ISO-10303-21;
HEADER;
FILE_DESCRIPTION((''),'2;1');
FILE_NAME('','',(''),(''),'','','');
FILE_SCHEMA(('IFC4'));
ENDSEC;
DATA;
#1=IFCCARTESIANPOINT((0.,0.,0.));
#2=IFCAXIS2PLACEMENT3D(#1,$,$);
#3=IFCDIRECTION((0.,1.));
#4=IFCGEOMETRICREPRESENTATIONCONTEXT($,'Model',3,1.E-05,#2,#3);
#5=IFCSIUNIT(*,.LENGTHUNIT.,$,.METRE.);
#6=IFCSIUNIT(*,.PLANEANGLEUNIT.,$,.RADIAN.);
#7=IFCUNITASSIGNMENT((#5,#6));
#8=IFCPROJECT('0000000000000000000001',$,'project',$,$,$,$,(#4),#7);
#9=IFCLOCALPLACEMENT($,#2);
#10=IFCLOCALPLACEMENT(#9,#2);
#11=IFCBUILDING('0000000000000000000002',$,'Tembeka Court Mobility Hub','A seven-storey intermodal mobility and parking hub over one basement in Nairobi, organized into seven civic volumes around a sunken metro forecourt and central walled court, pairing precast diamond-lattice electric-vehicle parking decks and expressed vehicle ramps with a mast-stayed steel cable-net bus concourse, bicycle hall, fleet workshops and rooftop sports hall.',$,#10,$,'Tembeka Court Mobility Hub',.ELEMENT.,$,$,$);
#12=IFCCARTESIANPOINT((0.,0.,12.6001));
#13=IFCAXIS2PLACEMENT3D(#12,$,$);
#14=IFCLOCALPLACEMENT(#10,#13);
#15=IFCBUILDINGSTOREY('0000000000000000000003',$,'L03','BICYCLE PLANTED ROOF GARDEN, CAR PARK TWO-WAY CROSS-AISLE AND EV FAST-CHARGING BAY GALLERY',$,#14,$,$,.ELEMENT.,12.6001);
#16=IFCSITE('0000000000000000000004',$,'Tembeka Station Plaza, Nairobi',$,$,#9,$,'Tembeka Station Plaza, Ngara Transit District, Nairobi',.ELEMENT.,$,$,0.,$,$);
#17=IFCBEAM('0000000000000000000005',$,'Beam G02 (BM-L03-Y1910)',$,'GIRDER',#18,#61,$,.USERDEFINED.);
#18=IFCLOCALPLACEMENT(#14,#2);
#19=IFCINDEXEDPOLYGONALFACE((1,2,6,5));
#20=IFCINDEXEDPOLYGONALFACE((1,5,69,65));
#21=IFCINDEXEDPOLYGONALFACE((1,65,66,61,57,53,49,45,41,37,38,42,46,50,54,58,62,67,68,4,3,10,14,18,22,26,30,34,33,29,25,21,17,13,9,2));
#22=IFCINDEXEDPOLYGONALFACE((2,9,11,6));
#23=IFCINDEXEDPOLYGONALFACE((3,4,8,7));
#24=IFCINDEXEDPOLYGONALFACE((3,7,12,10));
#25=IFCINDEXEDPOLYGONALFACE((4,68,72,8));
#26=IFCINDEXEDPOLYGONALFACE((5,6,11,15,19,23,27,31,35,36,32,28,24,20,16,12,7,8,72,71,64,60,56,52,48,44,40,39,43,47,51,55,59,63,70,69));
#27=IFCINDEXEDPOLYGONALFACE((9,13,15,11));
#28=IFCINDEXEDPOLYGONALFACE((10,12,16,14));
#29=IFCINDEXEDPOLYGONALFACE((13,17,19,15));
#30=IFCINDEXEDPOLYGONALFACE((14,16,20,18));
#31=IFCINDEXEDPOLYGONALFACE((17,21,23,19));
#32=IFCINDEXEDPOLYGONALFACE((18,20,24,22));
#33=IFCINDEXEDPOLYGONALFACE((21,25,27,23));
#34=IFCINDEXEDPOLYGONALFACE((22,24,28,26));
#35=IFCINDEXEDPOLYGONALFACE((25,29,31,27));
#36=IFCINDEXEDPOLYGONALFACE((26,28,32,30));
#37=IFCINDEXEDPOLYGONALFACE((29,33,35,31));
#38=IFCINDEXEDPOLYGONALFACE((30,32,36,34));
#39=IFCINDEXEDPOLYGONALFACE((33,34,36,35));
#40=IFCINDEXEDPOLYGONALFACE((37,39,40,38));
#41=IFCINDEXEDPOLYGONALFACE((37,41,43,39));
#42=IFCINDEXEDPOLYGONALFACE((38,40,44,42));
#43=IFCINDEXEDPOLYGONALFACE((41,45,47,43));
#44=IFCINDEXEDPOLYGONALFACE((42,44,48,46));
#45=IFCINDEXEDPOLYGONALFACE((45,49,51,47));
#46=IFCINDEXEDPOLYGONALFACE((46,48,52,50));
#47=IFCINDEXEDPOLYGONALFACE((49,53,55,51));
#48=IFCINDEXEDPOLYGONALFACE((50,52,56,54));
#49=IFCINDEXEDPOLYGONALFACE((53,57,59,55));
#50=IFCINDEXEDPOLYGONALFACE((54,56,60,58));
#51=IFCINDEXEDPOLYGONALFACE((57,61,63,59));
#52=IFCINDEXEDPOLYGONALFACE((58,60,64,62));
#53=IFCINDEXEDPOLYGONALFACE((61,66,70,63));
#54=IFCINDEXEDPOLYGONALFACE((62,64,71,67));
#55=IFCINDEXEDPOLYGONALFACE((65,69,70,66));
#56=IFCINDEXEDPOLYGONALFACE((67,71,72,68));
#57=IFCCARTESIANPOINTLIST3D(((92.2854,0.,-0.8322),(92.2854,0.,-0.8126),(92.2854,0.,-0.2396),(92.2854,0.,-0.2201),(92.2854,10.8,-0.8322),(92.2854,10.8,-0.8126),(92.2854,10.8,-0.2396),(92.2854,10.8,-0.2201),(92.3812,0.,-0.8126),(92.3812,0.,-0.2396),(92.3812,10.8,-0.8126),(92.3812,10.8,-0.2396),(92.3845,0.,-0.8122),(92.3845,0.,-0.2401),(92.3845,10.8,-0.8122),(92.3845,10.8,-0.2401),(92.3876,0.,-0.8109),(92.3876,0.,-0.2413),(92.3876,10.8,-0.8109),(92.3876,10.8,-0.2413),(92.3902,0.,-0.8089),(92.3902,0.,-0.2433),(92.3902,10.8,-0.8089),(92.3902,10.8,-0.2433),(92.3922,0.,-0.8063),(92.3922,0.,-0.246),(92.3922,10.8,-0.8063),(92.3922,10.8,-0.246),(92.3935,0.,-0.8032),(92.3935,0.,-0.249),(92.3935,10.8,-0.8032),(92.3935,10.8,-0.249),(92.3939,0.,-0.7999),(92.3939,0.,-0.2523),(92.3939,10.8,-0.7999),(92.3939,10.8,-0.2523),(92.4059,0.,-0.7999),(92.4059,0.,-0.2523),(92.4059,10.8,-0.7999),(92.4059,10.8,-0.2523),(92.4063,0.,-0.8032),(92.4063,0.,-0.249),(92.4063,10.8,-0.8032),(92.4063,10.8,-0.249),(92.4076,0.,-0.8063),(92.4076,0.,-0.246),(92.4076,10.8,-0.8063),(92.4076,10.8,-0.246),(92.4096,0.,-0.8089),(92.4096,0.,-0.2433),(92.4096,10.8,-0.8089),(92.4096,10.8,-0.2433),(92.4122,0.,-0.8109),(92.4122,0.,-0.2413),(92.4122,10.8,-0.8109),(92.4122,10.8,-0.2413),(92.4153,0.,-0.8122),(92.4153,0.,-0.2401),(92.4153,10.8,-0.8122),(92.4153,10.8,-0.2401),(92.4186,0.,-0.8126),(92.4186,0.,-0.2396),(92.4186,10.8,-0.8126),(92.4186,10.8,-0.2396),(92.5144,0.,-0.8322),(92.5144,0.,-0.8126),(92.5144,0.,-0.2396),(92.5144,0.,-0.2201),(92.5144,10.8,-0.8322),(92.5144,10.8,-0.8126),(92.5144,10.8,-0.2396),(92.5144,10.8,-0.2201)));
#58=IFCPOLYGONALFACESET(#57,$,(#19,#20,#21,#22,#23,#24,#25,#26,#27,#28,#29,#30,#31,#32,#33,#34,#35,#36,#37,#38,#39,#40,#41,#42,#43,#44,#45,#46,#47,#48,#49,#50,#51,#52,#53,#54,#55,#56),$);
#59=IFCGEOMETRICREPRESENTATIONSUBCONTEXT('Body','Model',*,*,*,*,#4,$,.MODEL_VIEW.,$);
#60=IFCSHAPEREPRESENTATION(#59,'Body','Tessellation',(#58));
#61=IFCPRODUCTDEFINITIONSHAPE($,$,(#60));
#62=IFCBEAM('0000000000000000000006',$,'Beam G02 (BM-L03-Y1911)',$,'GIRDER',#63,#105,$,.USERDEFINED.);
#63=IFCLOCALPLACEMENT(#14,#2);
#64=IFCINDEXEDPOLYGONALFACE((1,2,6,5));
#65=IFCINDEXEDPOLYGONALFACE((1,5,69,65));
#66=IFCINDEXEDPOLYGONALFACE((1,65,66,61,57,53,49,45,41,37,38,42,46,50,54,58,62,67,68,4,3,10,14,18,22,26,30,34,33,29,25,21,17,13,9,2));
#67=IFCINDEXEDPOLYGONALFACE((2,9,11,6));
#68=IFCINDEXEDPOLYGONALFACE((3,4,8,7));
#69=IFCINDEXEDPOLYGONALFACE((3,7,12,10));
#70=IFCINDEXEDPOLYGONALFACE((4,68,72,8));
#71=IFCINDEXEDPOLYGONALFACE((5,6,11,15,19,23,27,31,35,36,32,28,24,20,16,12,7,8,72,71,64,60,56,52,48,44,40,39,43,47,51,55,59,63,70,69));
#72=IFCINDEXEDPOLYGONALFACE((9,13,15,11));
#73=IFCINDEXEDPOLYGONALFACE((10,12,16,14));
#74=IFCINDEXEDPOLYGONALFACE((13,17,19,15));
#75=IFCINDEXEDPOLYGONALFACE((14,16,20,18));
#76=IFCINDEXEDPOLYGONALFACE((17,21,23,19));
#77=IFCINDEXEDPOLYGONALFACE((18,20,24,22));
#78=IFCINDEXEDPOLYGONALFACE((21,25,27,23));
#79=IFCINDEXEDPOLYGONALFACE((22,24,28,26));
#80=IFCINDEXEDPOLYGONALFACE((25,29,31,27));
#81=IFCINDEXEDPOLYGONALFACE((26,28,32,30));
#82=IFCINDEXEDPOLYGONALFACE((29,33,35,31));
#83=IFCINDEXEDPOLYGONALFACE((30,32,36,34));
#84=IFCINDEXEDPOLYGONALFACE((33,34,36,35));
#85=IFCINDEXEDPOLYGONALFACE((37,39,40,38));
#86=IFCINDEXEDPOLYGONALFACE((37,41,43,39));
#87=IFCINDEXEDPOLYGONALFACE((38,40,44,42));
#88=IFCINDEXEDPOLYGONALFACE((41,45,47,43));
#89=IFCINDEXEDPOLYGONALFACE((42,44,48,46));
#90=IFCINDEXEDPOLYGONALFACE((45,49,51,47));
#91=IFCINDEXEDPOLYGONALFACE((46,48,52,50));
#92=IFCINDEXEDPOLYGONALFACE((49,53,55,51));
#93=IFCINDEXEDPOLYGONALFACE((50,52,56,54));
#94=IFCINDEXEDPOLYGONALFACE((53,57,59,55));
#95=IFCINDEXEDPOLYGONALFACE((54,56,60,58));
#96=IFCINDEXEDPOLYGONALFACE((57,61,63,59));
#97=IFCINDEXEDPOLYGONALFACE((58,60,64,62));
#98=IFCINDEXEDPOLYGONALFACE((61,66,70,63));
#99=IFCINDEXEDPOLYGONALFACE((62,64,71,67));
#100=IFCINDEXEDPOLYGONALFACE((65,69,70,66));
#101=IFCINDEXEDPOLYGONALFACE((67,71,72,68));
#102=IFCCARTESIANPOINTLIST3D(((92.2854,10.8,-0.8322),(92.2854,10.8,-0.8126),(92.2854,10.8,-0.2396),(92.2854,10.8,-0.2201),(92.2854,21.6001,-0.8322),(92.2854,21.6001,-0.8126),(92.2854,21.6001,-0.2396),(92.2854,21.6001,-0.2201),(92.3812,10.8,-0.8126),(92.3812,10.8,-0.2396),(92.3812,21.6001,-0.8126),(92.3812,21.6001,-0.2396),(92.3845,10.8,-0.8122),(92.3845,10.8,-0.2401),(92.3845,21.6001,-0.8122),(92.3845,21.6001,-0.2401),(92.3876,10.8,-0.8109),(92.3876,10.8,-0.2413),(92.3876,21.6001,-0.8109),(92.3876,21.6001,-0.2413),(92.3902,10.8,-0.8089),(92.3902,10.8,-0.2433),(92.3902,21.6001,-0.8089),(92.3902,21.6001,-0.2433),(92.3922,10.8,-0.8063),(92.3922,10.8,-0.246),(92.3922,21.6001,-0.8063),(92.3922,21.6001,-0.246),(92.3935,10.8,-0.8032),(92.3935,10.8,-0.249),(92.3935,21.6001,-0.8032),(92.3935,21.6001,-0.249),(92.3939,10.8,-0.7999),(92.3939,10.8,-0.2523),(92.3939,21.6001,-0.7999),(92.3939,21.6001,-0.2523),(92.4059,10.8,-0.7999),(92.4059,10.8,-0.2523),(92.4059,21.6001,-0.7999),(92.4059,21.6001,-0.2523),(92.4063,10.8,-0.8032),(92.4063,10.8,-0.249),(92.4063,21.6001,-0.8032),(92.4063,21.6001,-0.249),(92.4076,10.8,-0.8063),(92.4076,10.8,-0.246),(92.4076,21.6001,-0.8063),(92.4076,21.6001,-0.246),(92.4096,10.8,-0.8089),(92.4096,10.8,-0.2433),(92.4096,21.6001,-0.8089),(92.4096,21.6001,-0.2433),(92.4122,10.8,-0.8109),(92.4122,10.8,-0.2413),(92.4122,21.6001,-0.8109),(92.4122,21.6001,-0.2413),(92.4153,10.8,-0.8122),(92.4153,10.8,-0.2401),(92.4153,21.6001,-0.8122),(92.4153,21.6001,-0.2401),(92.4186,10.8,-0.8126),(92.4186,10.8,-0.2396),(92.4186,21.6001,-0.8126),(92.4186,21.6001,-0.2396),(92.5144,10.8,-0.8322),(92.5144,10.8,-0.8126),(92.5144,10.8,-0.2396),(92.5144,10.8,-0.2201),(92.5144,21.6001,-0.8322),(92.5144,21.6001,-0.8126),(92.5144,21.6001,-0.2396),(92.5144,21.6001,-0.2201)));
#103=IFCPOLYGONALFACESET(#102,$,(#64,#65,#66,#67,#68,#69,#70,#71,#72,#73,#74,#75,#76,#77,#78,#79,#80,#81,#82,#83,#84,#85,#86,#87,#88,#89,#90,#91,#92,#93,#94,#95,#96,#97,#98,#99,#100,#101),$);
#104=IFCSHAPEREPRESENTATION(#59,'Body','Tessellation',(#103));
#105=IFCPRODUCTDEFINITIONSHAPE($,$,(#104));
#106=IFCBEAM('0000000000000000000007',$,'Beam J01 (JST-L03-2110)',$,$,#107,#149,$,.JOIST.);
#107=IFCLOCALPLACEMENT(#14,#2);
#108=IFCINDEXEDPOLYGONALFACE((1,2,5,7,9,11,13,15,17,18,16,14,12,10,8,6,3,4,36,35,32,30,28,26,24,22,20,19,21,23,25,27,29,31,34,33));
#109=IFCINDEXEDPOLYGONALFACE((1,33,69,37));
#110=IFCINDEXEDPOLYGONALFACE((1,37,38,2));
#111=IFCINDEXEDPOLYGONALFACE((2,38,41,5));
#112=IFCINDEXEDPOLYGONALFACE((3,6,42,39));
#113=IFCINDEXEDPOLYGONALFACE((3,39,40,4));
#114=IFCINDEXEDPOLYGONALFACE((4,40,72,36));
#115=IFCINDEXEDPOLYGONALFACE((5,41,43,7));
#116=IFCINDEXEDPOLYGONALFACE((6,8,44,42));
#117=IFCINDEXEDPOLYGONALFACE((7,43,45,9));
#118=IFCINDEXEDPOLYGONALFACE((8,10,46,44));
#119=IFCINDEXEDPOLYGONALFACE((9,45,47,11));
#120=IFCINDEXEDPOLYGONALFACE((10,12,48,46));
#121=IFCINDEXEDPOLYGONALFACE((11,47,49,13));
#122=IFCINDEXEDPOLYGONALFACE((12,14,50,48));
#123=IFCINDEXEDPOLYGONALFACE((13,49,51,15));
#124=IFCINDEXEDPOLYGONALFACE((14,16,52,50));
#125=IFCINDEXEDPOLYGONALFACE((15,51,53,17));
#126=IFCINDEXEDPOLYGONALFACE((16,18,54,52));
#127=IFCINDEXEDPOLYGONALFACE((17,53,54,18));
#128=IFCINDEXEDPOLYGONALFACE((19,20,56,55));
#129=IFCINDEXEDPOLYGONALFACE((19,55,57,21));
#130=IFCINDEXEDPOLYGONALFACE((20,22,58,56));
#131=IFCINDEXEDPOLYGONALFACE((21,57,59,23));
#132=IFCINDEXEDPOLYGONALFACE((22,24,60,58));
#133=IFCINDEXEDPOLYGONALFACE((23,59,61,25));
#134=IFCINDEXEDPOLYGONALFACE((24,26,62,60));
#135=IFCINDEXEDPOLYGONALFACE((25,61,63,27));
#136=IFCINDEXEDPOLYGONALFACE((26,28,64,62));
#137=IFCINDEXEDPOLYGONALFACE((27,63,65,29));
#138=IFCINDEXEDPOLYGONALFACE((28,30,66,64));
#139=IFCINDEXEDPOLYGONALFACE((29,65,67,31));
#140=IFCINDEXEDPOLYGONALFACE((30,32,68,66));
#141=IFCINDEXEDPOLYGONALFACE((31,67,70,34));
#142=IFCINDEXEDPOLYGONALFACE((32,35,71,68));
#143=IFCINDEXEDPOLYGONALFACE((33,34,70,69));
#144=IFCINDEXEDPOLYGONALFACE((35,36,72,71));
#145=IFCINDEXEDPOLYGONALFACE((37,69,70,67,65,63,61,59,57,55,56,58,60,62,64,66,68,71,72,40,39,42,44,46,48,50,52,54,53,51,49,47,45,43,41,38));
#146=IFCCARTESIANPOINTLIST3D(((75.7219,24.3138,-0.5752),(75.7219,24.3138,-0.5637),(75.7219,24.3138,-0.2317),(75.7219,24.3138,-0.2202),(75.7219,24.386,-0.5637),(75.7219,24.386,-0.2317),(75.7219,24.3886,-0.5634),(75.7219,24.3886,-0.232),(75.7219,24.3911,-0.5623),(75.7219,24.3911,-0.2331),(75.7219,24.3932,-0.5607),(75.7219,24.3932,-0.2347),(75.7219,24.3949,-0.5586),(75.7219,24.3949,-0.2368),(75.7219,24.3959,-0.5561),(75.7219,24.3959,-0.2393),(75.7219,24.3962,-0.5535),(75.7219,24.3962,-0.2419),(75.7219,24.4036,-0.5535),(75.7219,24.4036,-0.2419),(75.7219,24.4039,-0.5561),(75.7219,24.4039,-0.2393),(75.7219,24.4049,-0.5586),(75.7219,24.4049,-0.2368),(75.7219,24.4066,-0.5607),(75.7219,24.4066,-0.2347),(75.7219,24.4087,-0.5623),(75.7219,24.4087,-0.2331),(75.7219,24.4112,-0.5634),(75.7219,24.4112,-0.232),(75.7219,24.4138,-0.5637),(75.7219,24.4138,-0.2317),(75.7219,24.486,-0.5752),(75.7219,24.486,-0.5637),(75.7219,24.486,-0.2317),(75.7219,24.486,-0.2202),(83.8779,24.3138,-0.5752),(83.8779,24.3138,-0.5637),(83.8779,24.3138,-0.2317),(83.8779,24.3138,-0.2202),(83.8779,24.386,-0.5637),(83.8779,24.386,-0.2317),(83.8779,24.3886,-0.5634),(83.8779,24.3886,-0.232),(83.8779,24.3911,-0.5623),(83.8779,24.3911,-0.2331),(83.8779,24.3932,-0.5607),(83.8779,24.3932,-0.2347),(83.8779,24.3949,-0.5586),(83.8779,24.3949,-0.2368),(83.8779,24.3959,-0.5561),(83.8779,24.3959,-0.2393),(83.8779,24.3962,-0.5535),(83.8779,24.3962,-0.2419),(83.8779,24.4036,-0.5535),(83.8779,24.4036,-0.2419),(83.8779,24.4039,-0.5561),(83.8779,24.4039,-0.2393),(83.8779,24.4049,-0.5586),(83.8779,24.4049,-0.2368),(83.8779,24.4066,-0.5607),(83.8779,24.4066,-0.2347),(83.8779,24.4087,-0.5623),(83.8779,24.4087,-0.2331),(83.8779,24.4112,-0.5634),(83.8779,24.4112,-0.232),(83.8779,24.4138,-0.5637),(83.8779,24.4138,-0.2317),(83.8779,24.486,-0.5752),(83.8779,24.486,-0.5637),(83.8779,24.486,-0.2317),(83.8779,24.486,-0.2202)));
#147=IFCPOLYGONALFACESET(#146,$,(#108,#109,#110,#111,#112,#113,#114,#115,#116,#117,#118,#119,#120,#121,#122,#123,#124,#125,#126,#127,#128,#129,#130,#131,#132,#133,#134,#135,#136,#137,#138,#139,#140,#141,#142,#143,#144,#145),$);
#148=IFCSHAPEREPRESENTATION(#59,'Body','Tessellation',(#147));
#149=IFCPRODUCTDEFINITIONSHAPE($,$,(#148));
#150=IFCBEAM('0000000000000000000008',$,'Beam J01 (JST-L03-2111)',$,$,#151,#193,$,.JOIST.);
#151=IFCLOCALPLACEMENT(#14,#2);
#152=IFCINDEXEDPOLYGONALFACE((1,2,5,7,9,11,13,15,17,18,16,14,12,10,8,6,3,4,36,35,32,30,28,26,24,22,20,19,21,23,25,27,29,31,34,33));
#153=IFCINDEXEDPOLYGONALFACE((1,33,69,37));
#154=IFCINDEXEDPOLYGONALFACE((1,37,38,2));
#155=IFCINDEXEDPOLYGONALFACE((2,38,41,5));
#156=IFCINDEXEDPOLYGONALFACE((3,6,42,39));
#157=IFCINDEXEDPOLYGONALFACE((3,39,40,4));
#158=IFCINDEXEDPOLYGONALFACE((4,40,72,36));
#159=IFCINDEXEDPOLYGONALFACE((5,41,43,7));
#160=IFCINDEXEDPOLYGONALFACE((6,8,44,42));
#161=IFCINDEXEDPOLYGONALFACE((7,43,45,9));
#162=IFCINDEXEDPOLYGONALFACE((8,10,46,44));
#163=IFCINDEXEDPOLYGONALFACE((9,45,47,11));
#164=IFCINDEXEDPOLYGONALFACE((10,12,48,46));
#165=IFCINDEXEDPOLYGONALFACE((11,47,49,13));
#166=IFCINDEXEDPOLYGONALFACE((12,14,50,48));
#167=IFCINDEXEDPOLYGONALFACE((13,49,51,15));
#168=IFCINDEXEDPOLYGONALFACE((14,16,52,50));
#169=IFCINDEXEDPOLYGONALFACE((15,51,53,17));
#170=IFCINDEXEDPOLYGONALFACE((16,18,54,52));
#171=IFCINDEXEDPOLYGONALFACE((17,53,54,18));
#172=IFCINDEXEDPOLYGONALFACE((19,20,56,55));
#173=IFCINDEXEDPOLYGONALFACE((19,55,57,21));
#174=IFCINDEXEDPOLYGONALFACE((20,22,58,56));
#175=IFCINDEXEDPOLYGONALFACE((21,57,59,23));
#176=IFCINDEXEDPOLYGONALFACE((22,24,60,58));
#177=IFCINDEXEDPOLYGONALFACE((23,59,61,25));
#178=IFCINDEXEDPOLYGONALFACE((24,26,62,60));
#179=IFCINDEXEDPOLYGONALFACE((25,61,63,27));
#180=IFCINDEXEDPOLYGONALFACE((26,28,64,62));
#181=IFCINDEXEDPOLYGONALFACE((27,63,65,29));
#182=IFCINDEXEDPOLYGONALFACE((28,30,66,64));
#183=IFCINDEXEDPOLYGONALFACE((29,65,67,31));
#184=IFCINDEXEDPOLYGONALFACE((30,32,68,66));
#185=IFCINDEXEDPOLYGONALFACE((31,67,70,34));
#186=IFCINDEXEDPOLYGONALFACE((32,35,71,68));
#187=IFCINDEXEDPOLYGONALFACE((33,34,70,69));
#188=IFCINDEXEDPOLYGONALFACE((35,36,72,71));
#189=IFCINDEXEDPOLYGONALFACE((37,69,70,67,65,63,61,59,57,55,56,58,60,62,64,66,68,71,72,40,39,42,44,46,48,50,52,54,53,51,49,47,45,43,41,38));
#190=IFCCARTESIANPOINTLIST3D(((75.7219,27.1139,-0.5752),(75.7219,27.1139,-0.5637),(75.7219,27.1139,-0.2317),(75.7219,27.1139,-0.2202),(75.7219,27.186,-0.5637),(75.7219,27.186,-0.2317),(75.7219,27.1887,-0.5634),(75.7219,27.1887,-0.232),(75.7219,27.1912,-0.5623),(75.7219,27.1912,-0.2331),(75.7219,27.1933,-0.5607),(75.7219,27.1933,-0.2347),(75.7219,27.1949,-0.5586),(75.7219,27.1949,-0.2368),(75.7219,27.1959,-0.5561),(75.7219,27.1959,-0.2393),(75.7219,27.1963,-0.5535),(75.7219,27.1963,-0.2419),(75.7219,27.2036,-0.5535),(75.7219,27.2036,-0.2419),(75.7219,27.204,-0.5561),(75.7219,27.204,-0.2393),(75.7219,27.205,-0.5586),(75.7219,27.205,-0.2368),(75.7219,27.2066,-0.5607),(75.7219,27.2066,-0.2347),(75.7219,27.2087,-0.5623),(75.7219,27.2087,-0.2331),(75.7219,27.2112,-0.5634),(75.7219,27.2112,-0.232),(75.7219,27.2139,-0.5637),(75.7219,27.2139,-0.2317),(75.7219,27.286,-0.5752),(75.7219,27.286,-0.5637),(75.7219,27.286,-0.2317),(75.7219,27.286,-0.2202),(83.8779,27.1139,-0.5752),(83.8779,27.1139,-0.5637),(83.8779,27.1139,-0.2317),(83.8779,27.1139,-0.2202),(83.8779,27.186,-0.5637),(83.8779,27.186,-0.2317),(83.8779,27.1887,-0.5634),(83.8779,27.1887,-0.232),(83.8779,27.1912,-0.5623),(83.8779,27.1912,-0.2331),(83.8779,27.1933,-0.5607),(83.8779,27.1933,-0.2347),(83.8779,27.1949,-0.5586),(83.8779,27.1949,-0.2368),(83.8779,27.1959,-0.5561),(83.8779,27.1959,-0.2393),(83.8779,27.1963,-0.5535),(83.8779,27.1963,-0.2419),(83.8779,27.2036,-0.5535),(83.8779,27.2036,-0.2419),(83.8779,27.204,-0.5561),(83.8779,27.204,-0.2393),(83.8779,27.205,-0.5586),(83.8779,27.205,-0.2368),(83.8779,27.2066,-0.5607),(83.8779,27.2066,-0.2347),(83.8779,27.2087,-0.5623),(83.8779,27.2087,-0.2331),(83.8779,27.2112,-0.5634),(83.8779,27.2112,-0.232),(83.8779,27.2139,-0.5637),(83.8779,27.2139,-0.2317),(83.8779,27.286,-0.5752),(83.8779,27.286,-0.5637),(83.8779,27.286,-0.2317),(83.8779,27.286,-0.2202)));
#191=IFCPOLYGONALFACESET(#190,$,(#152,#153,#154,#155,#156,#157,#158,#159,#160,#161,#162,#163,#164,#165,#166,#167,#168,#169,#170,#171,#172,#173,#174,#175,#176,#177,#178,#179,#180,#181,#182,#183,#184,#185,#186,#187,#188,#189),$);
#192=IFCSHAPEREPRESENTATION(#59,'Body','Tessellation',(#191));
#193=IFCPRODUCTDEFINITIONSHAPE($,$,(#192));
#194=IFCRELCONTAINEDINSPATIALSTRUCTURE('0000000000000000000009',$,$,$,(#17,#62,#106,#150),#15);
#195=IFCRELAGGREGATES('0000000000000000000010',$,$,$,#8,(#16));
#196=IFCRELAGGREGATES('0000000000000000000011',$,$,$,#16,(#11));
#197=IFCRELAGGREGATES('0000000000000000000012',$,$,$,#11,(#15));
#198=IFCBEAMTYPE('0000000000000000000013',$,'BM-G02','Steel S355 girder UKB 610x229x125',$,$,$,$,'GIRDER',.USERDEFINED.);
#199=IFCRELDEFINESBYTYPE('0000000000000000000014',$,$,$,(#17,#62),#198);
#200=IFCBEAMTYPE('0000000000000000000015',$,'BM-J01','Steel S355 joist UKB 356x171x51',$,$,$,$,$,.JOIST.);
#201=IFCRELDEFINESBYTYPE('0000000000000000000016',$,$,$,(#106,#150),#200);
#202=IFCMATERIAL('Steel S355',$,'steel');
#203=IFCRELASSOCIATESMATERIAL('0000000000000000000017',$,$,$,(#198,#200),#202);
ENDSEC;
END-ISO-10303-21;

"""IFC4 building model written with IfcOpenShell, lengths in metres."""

from ifc_helpers import new_model, si_unit, direction, frame, origin, origin_2d, place, context, subcontext, project, spatial, i_section, extrude, material, material_profile, profile_set, type_object, element, save


model = new_model("IFC4")

# Units and contexts
model_context = context("Model", 3, precision=1e-05, world=origin(), true_north=direction((0.0, 1.0)))
body_context = subcontext(model_context, "Body", "Model", "MODEL_VIEW")
ifc_project = project(units=[si_unit("LENGTHUNIT", "METRE"), si_unit("PLANEANGLEUNIT", "RADIAN")], contexts=[model_context])

# Site, building, storey
site_placement = place(None, origin())
site = spatial("IfcSite", under=ifc_project, at=site_placement, Name="Tembeka Station Plaza, Nairobi", LongName="Tembeka Station Plaza, Ngara Transit District, Nairobi", CompositionType="ELEMENT", RefElevation=0.0)
building_placement = place(site_placement, origin())
building = spatial("IfcBuilding", under=site, at=building_placement, Name="Tembeka Court Mobility Hub", Description="A seven-storey intermodal mobility and parking hub over one basement in Nairobi, organized into seven civic volumes around a sunken metro forecourt and central walled court, pairing precast diamond-lattice electric-vehicle parking decks and expressed vehicle ramps with a mast-stayed steel cable-net bus concourse, bicycle hall, fleet workshops and rooftop sports hall.", LongName="Tembeka Court Mobility Hub", CompositionType="ELEMENT")
storey_placement = place(building_placement, frame((0.0, 0.0, 12.6001)))
storey = spatial("IfcBuildingStorey", under=building, at=storey_placement, Name="L03", Description="BICYCLE PLANTED ROOF GARDEN, CAR PARK TWO-WAY CROSS-AISLE AND EV FAST-CHARGING BAY GALLERY", CompositionType="ELEMENT", Elevation=12.6001)

# Shared definitions
ifc_material_1 = material(Name="Steel S355", Category="steel")

# Beams
ifc_material_profile_1 = material_profile(ifc_material_1, i_section(OverallWidth=0.229, OverallDepth=0.6121, WebThickness=0.012, FlangeThickness=0.0195, FilletRadius=0.0127, at=origin_2d()), Name="UKB 610x229x125")
ifc_profile_set_1 = profile_set([ifc_material_profile_1], Name="Steel S355")
beam_type_1 = type_object("IfcBeamType", Name="BM-G02", Description="Steel S355 girder UKB 610x229x125", ElementType="GIRDER", PredefinedType="USERDEFINED", material=ifc_profile_set_1)
for number, where, z_axis, x_axis, name in (
    (1, (92.3999, 0.0, -0.5261), (0.0, 1.0, 0.0), (-1.0, 0.0, 0.0), "Beam G02 (BM-L03-Y1910)"),
    (2, (92.3999, 10.8, -0.5261), (0.0, 1.0, 0.0), (-1.0, 0.0, 0.0), "Beam G02 (BM-L03-Y1911)"),
):
    element("IfcBeam", number, at=place(storey_placement, frame(where, z_axis=z_axis, x_axis=x_axis)), inside=storey, type_object=beam_type_1, Name=name, ObjectType="GIRDER", PredefinedType="USERDEFINED", context=body_context, shape_type="SweptSolid", body=[
        extrude(i_section(OverallWidth=0.229, OverallDepth=0.6121, WebThickness=0.012, FlangeThickness=0.0195, FilletRadius=0.0127, at=origin_2d()), origin(), (0.0, 0.0, 1.0), 10.8),
    ])
ifc_material_profile_2 = material_profile(ifc_material_1, i_section(OverallWidth=0.1721, OverallDepth=0.355, WebThickness=0.0073, FlangeThickness=0.0115, FilletRadius=0.0103, at=origin_2d()), Name="UKB 356x171x51")
ifc_profile_set_2 = profile_set([ifc_material_profile_2], Name="Steel S355")
beam_type_2 = type_object("IfcBeamType", Name="BM-J01", Description="Steel S355 joist UKB 356x171x51", PredefinedType="JOIST", material=ifc_profile_set_2)
for number, where, z_axis, x_axis, name in (
    (3, (75.7219, 24.3999, -0.3977), (1.0, 0.0, 0.0), (0.0, 1.0, 0.0), "Beam J01 (JST-L03-2110)"),
    (4, (75.7219, 27.2, -0.3977), (1.0, 0.0, 0.0), (0.0, 1.0, 0.0), "Beam J01 (JST-L03-2111)"),
):
    element("IfcBeam", number, at=place(storey_placement, frame(where, z_axis=z_axis, x_axis=x_axis)), inside=storey, type_object=beam_type_2, Name=name, PredefinedType="JOIST", context=body_context, shape_type="SweptSolid", body=[
        extrude(i_section(OverallWidth=0.1721, OverallDepth=0.355, WebThickness=0.0073, FlangeThickness=0.0115, FilletRadius=0.0103, at=origin_2d()), origin(), (0.0, 0.0, 1.0), 8.156),
    ])

save(model, "model.ifc")
